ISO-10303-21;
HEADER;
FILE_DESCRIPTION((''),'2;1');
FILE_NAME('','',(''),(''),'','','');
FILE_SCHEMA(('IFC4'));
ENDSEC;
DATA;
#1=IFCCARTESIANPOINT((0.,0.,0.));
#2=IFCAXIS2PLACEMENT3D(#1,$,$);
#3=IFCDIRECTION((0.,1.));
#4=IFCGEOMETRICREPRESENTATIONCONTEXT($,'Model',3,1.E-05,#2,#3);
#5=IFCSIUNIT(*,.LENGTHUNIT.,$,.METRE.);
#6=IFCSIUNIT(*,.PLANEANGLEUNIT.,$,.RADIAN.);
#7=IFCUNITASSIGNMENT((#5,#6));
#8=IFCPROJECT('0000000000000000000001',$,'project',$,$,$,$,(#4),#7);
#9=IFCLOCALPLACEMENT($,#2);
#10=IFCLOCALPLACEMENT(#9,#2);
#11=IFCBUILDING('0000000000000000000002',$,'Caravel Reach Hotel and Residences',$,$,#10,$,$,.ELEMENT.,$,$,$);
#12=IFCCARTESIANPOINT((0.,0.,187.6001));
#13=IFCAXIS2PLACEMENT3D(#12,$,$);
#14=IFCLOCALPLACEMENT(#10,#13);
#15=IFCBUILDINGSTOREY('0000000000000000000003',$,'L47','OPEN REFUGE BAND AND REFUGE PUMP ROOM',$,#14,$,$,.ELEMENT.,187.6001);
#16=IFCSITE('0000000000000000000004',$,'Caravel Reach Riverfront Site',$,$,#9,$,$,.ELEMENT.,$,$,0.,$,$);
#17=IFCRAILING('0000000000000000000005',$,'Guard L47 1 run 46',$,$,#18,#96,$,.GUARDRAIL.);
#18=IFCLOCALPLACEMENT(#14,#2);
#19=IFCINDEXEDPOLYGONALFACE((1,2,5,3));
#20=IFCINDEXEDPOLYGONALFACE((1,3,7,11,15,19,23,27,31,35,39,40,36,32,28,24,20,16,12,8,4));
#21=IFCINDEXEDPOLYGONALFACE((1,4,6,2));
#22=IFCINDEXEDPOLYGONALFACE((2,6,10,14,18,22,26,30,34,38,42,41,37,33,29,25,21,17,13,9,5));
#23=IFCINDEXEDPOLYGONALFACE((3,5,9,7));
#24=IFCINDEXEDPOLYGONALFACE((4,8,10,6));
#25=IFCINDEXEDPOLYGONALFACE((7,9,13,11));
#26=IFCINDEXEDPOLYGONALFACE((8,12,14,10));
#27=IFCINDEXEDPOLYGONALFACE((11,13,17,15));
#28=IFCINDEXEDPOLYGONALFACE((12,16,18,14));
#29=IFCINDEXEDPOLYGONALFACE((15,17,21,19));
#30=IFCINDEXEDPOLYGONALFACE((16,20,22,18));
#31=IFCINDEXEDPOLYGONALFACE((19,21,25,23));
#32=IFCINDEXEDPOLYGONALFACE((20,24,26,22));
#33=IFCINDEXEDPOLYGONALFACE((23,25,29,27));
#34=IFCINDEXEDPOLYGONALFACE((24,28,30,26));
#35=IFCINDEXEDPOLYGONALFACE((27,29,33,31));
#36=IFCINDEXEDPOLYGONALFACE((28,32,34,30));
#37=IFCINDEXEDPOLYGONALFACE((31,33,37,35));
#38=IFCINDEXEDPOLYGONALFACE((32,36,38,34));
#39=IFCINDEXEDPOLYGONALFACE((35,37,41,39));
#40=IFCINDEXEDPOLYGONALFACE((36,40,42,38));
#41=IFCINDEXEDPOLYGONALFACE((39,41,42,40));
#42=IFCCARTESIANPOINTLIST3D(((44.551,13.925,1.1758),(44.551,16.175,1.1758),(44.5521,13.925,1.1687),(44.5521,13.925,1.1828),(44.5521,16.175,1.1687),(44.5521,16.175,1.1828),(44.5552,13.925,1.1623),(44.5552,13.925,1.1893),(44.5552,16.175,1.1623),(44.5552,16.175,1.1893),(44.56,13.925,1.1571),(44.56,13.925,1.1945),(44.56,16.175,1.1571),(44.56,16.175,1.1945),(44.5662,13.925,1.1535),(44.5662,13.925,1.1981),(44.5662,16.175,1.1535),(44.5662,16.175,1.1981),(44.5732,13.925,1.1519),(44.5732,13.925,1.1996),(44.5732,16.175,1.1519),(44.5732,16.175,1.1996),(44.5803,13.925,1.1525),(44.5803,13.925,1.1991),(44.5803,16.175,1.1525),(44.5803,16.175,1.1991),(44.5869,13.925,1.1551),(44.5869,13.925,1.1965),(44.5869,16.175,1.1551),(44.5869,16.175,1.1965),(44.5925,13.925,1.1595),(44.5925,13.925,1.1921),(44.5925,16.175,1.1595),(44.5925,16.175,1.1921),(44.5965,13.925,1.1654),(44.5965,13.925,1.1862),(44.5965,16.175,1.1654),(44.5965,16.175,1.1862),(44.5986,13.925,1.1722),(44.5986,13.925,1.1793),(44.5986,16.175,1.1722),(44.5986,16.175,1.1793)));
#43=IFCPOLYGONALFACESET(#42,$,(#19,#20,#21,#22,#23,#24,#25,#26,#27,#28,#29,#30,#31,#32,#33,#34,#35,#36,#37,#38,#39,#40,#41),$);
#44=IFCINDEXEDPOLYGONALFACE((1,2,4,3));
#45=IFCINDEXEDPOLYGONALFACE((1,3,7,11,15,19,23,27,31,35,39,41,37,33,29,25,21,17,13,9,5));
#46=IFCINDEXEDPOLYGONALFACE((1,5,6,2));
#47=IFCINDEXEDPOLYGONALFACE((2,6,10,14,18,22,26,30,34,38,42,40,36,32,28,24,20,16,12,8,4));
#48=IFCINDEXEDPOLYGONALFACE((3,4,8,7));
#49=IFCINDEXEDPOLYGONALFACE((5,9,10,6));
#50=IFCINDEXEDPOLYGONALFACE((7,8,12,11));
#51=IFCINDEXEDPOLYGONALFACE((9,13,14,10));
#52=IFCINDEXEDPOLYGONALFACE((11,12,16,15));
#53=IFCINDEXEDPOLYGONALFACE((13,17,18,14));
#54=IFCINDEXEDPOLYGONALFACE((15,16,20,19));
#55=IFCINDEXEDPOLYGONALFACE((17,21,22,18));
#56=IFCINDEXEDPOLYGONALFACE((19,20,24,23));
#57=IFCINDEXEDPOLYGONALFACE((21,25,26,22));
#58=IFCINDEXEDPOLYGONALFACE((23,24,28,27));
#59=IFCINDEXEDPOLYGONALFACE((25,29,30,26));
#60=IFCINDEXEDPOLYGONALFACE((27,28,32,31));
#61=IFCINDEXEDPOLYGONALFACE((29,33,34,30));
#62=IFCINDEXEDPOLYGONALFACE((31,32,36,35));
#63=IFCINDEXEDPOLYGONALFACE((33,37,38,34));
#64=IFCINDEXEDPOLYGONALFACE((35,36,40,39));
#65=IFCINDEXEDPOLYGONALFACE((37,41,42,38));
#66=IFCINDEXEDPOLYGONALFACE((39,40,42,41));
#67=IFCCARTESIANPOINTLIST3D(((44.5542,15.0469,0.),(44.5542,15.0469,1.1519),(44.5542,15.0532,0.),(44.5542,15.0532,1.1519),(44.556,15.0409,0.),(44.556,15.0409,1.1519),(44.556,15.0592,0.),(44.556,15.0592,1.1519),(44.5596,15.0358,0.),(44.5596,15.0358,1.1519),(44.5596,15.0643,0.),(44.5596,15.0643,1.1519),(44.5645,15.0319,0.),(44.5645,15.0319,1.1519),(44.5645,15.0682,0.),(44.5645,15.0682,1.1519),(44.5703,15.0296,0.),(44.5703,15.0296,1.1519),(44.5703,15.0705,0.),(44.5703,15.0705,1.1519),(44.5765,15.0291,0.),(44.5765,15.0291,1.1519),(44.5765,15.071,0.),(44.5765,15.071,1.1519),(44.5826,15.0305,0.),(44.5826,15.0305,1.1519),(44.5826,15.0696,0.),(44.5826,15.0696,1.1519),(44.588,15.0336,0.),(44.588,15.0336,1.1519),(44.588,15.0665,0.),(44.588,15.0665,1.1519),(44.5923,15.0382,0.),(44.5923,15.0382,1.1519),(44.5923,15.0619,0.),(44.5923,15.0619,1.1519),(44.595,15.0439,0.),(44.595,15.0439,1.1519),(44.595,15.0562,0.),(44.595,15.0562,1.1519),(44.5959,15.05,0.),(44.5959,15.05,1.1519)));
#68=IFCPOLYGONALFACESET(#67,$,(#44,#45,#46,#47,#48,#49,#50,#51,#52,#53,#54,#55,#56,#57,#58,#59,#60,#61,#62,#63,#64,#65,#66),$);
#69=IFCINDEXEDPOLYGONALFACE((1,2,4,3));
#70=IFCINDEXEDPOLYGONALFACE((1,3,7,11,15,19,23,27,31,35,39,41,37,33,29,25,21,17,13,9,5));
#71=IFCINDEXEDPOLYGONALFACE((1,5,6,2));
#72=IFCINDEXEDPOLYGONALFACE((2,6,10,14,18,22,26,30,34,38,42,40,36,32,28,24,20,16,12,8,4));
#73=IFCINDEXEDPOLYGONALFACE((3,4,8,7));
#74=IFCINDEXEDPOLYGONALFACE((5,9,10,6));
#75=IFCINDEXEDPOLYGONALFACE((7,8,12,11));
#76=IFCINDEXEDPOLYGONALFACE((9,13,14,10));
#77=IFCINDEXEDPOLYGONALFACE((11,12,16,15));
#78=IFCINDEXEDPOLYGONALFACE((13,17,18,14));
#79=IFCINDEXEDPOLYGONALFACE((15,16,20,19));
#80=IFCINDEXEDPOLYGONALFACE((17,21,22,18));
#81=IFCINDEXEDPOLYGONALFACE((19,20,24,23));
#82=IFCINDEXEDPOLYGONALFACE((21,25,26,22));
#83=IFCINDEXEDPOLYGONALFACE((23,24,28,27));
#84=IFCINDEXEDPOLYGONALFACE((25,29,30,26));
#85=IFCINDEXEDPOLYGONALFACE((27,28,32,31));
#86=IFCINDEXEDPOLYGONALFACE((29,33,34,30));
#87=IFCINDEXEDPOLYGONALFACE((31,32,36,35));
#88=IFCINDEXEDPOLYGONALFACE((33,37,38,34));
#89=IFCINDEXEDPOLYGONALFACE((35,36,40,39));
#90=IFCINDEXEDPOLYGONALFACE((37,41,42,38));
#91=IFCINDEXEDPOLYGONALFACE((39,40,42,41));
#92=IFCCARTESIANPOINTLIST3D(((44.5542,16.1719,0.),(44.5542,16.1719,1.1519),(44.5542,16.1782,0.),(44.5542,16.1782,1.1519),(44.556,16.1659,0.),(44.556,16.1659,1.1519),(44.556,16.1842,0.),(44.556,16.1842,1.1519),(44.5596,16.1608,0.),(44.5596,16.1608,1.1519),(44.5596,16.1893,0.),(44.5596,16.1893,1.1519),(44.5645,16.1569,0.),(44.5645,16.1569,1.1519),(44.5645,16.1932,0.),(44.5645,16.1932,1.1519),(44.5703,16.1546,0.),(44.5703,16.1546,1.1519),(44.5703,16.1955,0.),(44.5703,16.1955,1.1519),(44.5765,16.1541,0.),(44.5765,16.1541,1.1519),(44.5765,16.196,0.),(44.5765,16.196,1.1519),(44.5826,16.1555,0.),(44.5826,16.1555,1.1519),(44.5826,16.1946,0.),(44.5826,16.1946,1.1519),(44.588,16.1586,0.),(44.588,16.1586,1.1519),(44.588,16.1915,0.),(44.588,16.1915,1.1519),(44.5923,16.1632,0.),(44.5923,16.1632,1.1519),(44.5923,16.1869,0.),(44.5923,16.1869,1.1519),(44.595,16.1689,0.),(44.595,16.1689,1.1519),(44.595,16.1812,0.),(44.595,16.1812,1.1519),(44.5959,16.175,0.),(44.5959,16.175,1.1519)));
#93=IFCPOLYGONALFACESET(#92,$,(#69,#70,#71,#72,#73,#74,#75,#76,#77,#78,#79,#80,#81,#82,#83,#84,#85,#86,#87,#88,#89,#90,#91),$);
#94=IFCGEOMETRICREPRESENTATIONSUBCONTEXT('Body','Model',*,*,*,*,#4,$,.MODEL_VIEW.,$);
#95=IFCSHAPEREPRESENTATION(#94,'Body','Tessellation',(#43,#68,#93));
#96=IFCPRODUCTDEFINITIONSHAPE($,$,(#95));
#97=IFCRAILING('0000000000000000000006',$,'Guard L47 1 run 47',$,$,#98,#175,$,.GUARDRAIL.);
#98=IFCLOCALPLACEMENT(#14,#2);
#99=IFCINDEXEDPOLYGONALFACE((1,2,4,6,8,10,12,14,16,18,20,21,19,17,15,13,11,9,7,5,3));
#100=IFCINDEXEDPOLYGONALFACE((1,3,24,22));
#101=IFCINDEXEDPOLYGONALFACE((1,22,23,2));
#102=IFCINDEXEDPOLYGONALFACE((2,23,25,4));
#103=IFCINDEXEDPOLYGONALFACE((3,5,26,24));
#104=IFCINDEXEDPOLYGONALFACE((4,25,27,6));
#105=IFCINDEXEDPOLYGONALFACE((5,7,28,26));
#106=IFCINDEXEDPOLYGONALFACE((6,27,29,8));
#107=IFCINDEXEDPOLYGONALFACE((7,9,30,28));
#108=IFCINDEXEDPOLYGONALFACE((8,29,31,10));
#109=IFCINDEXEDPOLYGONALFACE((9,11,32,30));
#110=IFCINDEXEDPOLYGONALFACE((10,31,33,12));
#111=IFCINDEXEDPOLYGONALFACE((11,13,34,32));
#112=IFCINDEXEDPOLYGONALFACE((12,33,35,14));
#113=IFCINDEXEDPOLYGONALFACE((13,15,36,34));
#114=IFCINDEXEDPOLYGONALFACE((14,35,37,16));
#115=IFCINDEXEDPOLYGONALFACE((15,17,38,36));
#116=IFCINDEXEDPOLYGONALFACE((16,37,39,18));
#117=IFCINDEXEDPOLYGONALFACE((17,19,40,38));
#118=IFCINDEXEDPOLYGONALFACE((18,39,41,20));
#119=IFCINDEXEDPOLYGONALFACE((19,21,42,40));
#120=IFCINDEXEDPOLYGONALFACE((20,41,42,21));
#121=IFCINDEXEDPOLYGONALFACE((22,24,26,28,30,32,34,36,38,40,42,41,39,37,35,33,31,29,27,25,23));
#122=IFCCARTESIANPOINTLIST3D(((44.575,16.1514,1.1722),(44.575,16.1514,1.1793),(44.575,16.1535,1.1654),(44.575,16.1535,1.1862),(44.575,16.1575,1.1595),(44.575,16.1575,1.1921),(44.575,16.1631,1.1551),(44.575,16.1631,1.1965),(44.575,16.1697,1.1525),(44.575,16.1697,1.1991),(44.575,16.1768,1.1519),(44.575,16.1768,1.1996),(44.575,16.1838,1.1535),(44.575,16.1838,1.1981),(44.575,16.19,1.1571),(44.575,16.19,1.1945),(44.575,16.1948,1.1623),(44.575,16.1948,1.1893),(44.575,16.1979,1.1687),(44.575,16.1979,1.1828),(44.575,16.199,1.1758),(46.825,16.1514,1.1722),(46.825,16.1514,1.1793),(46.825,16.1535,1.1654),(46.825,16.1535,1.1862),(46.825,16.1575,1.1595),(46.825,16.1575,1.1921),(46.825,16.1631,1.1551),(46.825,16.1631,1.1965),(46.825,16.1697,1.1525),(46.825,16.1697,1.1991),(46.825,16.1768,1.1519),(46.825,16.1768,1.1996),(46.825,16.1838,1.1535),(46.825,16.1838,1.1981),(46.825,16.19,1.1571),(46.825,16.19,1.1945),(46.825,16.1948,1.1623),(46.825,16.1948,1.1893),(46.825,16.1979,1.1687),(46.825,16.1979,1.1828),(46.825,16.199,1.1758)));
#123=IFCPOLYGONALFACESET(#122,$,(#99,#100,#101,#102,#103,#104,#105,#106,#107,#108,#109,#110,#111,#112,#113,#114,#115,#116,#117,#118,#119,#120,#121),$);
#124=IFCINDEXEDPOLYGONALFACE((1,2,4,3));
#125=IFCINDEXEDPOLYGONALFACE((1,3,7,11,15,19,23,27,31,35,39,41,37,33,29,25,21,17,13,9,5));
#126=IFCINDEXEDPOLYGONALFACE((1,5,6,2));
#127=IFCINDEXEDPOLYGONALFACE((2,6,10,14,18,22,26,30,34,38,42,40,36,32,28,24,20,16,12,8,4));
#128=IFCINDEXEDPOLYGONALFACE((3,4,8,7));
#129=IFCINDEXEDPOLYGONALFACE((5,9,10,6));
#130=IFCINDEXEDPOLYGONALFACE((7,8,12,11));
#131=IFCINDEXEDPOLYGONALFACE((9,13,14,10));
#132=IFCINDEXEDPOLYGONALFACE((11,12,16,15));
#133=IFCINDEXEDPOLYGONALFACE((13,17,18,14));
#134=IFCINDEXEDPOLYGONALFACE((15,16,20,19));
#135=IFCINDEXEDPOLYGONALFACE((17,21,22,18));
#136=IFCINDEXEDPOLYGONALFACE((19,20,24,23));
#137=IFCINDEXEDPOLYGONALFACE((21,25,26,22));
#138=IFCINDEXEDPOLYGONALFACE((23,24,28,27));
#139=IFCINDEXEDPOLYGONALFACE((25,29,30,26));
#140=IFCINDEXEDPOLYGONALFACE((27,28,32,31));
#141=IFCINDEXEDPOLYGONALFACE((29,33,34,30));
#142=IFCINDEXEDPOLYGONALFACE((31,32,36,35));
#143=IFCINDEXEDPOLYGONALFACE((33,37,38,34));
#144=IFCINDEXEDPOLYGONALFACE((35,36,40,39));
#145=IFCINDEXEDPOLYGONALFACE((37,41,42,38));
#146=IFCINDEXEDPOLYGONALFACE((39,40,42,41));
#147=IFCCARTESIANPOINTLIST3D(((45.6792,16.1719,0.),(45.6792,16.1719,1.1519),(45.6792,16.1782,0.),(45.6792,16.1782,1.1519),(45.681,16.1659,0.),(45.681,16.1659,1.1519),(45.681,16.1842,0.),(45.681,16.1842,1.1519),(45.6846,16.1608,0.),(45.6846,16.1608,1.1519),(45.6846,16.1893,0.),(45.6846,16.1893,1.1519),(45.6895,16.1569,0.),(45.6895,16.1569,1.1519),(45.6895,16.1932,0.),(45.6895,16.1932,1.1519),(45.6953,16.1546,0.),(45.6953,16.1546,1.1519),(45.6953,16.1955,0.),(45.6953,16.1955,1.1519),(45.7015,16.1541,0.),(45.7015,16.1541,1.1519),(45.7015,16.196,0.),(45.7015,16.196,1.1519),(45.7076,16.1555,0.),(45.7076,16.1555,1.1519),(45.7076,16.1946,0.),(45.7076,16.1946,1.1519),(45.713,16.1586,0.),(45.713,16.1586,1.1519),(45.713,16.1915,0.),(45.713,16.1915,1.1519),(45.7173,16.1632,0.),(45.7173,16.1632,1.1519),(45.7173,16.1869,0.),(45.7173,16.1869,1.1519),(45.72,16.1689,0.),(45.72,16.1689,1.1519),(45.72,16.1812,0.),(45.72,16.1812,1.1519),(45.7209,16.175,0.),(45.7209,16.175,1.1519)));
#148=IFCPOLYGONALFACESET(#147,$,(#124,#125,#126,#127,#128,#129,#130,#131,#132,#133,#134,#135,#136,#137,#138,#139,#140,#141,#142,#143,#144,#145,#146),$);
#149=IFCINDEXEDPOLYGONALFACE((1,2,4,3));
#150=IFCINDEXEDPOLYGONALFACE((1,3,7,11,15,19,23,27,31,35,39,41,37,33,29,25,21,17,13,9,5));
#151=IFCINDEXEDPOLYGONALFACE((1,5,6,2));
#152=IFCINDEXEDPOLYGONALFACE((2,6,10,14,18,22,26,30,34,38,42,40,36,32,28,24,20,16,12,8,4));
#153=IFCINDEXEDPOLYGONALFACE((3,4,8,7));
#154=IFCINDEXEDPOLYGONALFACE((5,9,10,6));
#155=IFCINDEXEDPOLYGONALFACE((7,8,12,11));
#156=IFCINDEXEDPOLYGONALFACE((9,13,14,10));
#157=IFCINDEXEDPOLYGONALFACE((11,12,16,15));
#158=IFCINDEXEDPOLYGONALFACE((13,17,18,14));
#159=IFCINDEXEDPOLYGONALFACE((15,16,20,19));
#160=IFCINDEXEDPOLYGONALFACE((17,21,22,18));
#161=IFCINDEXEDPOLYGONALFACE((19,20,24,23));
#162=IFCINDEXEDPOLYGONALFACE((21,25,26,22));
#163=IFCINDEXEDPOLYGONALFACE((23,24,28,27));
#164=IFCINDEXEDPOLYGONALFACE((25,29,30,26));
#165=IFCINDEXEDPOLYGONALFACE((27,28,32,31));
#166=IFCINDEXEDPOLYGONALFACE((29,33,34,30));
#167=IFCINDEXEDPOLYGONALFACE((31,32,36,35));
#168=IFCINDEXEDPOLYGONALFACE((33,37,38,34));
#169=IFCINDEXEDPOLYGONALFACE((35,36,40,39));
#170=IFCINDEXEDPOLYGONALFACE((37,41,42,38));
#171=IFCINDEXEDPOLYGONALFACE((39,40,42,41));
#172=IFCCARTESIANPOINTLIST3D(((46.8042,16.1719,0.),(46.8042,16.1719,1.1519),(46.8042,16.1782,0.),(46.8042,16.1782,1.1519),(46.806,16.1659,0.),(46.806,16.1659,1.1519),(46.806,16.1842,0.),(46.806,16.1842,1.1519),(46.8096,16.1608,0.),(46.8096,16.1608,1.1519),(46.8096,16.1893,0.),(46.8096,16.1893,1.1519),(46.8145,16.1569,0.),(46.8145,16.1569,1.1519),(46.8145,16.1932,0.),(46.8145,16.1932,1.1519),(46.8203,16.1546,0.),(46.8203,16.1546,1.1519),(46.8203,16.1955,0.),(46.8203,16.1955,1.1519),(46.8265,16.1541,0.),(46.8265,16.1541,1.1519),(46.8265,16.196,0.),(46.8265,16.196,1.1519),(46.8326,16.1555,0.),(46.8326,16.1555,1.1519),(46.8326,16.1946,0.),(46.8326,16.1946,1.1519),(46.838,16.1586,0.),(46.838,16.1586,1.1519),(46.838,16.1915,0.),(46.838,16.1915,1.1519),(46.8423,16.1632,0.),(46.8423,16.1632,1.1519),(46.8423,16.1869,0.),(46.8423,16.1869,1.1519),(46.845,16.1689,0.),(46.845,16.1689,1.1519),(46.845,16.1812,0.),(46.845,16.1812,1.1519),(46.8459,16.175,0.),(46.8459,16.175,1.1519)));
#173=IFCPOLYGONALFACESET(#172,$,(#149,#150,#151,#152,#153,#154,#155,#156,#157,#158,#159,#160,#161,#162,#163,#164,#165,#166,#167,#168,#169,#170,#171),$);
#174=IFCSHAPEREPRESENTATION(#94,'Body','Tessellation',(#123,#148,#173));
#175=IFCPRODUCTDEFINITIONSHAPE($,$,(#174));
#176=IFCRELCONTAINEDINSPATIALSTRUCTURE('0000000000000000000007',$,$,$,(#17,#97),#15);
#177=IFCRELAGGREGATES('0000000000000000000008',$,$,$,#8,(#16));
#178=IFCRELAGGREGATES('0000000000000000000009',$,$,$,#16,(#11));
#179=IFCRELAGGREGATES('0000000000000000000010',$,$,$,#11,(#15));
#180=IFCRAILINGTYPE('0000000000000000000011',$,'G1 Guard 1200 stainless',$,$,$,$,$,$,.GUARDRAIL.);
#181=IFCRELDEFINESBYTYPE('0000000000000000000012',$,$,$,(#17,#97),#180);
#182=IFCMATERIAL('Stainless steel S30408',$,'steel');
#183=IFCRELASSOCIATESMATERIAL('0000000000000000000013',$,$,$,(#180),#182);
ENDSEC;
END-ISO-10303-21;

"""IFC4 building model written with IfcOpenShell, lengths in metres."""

from ifc_helpers import new_model, si_unit, direction, frame, origin, origin_2d, place, context, subcontext, project, spatial, circle, extrude, material, type_object, element, save


model = new_model("IFC4")

# Units and contexts
model_context = context("Model", 3, precision=1e-05, world=origin(), true_north=direction((0.0, 1.0)))
body_context = subcontext(model_context, "Body", "Model", "MODEL_VIEW")
ifc_project = project(units=[si_unit("LENGTHUNIT", "METRE"), si_unit("PLANEANGLEUNIT", "RADIAN")], contexts=[model_context])

# Site, building, storey
site_placement = place(None, origin())
site = spatial("IfcSite", under=ifc_project, at=site_placement, Name="Caravel Reach Riverfront Site", CompositionType="ELEMENT", RefElevation=0.0)
building_placement = place(site_placement, origin())
building = spatial("IfcBuilding", under=site, at=building_placement, Name="Caravel Reach Hotel and Residences", CompositionType="ELEMENT")
storey_placement = place(building_placement, frame((0.0, 0.0, 187.6001)))
storey = spatial("IfcBuildingStorey", under=building, at=storey_placement, Name="L47", Description="OPEN REFUGE BAND AND REFUGE PUMP ROOM", CompositionType="ELEMENT", Elevation=187.6001)

# Railings
ifc_material_1 = material(Name="Stainless steel S30408", Category="steel")
railing_type = type_object("IfcRailingType", Name="G1 Guard 1200 stainless", PredefinedType="GUARDRAIL", material=ifc_material_1)
railing_1_placement = place(storey_placement, frame((44.575, 13.925, 0.0)))
element("IfcRailing", 1, at=railing_1_placement, inside=storey, type_object=railing_type, Name="Guard L47 1 run 46", PredefinedType="GUARDRAIL", context=body_context, shape_type="SweptSolid", body=[
    extrude(circle(Radius=0.0239, at=origin_2d()), frame((0.0, 0.0, 1.1758), z_axis=(0.0, 1.0, 0.0), x_axis=(-1.0, 0.0, 0.0)), (0.0, 0.0, 1.0), 2.25),
    extrude(circle(Radius=0.021, at=origin_2d()), frame((0.0, 1.125, 0.0)), (0.0, 0.0, 1.0), 1.1519),
    extrude(circle(Radius=0.021, at=origin_2d()), frame((0.0, 2.25, 0.0)), (0.0, 0.0, 1.0), 1.1519),
])
railing_2_placement = place(storey_placement, frame((44.575, 16.175, 0.0)))
element("IfcRailing", 2, at=railing_2_placement, inside=storey, type_object=railing_type, Name="Guard L47 1 run 47", PredefinedType="GUARDRAIL", context=body_context, shape_type="SweptSolid", body=[
    extrude(circle(Radius=0.0239, at=origin_2d()), frame((0.0, 0.0, 1.1758), z_axis=(1.0, 0.0, 0.0), x_axis=(0.0, 1.0, 0.0)), (0.0, 0.0, 1.0), 2.25),
    extrude(circle(Radius=0.021, at=origin_2d()), frame((1.125, 0.0, 0.0)), (0.0, 0.0, 1.0), 1.1519),
    extrude(circle(Radius=0.021, at=origin_2d()), frame((2.25, 0.0, 0.0)), (0.0, 0.0, 1.0), 1.1519),
])

save(model, "model.ifc")
